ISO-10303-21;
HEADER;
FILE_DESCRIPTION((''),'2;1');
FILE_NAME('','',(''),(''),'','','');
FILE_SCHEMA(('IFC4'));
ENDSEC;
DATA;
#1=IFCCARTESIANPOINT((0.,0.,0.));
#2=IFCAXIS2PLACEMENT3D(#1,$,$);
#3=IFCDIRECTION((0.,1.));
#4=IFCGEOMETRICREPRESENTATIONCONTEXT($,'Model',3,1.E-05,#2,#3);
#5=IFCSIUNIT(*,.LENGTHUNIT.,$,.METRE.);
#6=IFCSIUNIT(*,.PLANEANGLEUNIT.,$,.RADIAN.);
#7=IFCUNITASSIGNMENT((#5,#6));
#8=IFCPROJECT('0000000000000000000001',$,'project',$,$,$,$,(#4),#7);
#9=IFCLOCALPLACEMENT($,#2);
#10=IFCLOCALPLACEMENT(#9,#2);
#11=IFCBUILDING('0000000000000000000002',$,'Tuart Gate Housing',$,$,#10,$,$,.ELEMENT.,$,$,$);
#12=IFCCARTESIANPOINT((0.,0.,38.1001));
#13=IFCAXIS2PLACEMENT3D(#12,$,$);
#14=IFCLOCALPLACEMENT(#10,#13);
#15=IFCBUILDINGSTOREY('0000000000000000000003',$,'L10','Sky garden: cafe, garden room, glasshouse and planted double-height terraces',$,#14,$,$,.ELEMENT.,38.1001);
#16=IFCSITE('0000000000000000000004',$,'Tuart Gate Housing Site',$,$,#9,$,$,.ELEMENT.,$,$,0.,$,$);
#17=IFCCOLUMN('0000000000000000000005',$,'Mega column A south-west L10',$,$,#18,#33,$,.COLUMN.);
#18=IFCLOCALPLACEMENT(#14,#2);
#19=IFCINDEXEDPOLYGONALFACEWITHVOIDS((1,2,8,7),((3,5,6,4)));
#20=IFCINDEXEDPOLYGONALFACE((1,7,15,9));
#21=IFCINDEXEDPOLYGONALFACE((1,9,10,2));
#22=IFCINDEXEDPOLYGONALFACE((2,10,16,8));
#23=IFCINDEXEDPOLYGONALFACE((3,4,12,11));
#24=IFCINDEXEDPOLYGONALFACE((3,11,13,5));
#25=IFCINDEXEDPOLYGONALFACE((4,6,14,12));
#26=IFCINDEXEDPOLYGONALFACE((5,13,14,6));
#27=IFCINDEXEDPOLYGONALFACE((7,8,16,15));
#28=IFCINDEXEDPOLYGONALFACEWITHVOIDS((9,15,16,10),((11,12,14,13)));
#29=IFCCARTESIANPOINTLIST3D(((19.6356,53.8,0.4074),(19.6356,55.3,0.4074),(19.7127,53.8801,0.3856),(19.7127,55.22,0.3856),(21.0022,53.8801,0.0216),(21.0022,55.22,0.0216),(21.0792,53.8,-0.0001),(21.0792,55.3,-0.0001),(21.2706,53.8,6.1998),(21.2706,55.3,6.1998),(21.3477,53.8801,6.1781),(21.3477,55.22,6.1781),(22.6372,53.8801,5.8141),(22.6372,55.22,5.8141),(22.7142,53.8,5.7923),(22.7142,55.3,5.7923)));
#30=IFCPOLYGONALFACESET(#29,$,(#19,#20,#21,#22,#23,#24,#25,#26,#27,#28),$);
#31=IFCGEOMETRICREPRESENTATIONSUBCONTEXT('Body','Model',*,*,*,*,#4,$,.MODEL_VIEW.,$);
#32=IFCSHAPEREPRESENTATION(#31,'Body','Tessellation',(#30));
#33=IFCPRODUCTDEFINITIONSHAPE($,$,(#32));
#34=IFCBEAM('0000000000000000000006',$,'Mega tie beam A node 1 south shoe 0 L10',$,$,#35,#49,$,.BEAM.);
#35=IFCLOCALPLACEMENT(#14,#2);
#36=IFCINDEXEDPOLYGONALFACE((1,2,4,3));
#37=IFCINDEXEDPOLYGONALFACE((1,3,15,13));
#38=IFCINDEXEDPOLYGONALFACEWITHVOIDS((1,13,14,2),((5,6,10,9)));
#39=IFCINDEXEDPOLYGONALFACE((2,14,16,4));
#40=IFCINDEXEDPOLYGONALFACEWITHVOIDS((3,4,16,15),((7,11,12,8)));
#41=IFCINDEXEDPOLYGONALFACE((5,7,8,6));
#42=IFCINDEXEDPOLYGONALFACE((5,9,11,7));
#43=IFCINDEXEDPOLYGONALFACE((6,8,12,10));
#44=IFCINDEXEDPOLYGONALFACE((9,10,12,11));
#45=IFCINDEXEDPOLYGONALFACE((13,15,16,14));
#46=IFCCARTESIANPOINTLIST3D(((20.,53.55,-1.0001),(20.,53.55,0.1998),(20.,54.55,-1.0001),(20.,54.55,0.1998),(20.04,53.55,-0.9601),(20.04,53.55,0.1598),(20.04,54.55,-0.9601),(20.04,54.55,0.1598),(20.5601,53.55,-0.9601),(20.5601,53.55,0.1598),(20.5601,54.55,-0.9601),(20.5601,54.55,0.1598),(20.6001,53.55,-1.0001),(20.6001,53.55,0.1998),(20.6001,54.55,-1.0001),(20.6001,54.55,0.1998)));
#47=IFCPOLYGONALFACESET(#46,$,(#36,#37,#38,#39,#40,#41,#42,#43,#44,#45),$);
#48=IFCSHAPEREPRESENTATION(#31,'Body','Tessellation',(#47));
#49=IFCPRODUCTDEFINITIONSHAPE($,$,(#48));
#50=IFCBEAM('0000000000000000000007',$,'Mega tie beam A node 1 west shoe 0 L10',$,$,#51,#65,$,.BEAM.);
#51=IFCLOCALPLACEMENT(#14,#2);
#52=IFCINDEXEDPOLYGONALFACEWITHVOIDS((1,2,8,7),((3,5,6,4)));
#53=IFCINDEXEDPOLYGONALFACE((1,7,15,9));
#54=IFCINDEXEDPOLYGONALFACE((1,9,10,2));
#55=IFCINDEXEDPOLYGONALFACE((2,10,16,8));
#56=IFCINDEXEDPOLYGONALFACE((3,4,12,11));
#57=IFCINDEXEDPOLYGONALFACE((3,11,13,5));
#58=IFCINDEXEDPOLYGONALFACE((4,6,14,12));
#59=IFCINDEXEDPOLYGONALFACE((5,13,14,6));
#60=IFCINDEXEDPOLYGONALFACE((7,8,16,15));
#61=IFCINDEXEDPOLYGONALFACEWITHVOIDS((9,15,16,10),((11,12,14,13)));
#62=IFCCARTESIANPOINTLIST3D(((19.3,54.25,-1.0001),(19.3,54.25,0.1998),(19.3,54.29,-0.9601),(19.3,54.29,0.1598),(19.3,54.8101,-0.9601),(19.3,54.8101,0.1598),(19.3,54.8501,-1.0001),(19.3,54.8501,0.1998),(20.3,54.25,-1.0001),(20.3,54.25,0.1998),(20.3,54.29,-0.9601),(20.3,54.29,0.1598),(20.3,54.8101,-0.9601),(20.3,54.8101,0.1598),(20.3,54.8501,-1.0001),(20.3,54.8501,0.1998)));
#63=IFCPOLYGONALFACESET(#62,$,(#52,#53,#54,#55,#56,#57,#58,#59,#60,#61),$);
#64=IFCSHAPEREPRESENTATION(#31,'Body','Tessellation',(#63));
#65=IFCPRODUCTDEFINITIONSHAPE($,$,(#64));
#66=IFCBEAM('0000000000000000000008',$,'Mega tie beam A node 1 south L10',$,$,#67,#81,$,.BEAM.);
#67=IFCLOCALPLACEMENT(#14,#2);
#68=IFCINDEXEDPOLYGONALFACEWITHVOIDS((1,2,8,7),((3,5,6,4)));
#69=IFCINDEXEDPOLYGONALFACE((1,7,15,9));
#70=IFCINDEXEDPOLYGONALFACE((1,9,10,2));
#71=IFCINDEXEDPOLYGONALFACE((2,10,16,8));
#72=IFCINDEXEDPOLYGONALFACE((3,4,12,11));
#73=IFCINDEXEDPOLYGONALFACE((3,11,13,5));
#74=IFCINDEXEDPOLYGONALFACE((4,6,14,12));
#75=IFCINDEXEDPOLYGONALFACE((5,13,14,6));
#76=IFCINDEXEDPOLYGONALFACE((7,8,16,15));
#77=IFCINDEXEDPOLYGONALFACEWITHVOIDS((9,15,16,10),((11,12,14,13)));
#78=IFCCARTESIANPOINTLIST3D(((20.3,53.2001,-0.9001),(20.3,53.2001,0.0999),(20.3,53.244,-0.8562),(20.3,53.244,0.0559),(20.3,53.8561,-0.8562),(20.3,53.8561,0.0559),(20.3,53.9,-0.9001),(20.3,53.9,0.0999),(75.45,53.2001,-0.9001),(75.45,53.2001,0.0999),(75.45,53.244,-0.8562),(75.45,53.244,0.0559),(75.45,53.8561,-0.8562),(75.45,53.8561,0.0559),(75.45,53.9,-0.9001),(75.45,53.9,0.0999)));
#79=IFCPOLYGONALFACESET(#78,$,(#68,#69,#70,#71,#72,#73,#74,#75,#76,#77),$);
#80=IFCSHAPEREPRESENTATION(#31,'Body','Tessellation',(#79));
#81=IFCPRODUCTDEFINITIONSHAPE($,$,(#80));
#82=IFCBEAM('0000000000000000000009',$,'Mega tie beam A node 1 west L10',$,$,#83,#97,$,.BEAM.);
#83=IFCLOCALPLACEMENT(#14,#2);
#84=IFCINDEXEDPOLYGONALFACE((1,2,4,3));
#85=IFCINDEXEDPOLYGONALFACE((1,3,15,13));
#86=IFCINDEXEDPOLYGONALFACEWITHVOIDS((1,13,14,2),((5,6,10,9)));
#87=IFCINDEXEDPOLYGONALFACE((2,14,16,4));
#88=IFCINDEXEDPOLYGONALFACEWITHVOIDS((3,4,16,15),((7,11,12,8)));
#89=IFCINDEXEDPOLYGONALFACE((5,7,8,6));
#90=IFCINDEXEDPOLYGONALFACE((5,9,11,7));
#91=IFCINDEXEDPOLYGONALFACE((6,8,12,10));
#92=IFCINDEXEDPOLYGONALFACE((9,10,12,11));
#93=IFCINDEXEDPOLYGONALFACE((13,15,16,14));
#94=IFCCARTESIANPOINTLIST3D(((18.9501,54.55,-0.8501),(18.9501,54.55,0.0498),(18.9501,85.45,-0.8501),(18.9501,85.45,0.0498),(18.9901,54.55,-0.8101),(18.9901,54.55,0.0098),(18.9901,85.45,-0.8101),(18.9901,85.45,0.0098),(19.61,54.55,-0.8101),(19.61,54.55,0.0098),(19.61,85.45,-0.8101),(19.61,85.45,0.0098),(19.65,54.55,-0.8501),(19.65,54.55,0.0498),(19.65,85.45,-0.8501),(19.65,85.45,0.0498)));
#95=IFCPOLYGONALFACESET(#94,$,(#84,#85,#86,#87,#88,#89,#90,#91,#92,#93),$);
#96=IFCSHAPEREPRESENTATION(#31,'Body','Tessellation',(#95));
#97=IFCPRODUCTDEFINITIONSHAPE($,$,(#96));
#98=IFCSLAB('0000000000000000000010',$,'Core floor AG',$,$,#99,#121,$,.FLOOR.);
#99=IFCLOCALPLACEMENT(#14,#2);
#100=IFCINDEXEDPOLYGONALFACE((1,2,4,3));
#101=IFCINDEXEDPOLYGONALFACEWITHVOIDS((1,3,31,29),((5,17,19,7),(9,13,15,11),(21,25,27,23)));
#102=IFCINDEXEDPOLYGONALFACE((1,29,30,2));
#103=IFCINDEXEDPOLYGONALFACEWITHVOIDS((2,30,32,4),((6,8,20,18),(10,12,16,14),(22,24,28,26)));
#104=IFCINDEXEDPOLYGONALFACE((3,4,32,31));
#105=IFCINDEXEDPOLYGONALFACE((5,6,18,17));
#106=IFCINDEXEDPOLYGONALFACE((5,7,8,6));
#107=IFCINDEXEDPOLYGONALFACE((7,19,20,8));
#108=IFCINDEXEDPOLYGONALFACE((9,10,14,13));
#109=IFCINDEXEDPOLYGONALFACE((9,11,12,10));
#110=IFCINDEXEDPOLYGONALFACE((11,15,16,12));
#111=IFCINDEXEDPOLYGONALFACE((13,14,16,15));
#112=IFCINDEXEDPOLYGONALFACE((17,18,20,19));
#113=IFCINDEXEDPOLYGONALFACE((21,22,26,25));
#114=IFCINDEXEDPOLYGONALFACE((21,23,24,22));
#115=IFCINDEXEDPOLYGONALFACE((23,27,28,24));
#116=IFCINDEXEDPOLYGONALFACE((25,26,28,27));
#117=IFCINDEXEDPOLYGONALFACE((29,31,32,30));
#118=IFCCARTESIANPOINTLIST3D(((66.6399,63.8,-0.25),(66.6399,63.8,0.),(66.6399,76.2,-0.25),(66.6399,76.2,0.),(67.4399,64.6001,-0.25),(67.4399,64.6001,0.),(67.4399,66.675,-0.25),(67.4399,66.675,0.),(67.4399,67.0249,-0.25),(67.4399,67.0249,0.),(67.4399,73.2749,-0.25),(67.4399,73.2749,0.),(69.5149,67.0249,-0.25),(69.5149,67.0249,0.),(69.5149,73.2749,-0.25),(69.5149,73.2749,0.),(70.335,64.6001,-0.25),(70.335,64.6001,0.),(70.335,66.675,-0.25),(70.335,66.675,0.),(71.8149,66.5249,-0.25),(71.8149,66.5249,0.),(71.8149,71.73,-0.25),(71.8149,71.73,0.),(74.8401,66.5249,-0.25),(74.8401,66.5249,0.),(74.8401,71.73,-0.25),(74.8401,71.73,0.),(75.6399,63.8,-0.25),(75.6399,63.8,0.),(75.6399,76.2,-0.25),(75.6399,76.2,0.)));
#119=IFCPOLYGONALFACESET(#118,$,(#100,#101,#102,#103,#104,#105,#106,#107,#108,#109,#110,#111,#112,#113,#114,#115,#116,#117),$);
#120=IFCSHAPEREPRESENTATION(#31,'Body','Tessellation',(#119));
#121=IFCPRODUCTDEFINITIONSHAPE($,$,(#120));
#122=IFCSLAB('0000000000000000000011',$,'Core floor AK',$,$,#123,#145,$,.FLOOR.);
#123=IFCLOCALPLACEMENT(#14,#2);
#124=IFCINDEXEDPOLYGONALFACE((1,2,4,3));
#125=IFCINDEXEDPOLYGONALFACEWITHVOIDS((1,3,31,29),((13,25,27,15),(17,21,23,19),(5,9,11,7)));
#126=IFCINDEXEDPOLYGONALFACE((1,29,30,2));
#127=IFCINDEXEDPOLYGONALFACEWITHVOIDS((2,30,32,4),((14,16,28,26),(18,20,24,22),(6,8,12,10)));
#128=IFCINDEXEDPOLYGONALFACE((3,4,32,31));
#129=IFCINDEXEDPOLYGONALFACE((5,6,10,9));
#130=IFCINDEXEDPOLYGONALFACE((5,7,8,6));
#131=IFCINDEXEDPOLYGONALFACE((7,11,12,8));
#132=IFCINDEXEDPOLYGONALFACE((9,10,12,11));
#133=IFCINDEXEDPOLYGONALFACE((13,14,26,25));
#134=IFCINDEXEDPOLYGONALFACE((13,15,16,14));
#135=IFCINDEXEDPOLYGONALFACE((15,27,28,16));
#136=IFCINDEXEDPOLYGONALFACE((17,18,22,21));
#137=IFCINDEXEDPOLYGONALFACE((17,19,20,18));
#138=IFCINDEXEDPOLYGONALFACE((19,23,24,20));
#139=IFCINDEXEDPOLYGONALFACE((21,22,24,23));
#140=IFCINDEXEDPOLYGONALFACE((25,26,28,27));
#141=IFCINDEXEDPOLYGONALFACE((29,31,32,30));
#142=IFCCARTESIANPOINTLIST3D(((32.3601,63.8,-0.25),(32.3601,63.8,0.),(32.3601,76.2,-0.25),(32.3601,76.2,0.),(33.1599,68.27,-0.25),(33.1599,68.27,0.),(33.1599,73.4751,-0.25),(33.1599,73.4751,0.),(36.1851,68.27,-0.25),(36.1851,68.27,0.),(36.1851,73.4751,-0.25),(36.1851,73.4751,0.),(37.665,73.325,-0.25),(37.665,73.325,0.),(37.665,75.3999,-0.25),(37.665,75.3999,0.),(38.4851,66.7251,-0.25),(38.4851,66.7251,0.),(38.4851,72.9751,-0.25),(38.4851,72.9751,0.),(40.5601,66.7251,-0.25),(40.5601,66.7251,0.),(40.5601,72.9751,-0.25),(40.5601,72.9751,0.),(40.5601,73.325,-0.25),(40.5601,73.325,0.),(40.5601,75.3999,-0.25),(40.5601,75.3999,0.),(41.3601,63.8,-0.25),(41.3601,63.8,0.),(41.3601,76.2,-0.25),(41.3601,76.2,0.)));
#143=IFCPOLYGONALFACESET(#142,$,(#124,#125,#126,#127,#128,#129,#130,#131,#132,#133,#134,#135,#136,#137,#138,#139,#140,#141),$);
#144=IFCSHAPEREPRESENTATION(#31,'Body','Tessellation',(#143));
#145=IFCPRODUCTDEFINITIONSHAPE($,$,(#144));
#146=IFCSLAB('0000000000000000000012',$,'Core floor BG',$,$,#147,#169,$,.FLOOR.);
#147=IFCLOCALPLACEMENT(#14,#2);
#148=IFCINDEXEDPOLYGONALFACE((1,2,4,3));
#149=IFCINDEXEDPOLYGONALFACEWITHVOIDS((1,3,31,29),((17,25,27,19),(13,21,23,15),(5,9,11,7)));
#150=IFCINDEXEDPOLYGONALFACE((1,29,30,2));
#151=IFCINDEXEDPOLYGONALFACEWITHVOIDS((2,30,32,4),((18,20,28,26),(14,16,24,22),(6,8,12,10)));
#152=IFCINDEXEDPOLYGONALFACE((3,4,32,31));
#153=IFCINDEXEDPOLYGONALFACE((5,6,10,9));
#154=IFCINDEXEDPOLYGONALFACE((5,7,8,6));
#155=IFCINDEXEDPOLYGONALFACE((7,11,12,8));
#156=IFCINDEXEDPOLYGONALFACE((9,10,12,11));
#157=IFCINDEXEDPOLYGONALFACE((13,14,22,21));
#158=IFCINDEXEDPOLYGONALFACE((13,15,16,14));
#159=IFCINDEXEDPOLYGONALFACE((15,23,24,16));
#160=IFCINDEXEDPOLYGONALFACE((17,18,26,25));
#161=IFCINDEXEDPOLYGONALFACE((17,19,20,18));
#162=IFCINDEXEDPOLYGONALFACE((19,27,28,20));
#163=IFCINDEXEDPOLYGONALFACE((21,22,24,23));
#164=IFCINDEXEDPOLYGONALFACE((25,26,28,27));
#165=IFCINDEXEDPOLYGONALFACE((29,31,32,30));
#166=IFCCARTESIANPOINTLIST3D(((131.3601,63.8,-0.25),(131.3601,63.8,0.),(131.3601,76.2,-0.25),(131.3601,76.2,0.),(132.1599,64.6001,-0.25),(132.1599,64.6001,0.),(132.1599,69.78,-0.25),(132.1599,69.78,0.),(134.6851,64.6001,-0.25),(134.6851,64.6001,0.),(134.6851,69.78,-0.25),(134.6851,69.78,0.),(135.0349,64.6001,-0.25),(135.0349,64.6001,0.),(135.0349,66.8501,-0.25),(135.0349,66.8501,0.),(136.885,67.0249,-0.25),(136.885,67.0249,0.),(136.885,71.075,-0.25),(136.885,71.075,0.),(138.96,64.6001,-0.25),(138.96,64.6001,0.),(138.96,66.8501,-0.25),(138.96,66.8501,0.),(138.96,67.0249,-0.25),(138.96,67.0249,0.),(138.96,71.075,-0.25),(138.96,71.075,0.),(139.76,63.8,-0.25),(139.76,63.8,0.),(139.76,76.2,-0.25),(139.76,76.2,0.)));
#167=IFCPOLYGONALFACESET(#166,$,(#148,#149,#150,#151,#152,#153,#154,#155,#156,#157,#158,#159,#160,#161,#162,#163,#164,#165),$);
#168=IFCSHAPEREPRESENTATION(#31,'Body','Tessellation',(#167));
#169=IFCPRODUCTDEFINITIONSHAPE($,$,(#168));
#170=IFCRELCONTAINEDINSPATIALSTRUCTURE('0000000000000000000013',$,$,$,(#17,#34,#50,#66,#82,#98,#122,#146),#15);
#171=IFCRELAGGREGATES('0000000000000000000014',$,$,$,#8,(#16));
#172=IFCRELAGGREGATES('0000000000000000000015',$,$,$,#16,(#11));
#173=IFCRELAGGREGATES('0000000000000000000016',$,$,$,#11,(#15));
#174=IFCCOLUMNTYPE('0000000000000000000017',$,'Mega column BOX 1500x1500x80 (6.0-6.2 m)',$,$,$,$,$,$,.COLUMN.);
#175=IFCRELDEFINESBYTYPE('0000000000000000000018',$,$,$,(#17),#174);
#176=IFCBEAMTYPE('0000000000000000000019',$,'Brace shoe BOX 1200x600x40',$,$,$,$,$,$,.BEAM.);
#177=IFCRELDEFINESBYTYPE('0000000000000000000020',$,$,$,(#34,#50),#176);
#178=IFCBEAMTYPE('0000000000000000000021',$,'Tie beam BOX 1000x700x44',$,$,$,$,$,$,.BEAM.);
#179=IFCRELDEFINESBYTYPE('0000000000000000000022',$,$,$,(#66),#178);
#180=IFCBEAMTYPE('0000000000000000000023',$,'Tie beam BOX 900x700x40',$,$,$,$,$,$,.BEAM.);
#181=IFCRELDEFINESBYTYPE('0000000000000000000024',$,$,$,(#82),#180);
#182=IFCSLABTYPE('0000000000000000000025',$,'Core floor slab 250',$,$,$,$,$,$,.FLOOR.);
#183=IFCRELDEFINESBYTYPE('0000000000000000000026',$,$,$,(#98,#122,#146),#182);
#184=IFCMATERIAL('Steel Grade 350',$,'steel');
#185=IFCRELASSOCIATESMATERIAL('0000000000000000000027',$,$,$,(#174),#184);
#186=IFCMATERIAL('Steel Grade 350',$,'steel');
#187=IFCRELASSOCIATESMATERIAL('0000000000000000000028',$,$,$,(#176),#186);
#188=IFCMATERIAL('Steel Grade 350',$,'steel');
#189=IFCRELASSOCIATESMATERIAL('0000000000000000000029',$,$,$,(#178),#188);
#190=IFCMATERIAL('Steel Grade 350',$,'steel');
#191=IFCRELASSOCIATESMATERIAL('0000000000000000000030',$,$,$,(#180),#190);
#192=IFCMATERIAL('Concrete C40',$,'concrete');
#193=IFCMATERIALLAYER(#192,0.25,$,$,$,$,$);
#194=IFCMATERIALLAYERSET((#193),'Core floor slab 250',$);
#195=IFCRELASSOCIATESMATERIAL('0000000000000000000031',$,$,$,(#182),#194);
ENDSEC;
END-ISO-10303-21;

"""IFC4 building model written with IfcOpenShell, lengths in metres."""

from ifc_helpers import new_model, si_unit, direction, frame, origin, origin_2d, place, context, subcontext, project, spatial, polyline, hollow_rectangle, outline, extrude, material, layer, layer_set, material_profile, profile_set, type_object, element, save


model = new_model("IFC4")

# Units and contexts
model_context = context("Model", 3, precision=1e-05, world=origin(), true_north=direction((0.0, 1.0)))
body_context = subcontext(model_context, "Body", "Model", "MODEL_VIEW")
ifc_project = project(units=[si_unit("LENGTHUNIT", "METRE"), si_unit("PLANEANGLEUNIT", "RADIAN")], contexts=[model_context])

# Site, building, storey
site_placement = place(None, origin())
site = spatial("IfcSite", under=ifc_project, at=site_placement, Name="Tuart Gate Housing Site", CompositionType="ELEMENT", RefElevation=0.0)
building_placement = place(site_placement, origin())
building = spatial("IfcBuilding", under=site, at=building_placement, Name="Tuart Gate Housing", CompositionType="ELEMENT")
storey_placement = place(building_placement, frame((0.0, 0.0, 38.1001)))
storey = spatial("IfcBuildingStorey", under=building, at=storey_placement, Name="L10", Description="Sky garden: cafe, garden room, glasshouse and planted double-height terraces", CompositionType="ELEMENT", Elevation=38.1001)

# Column
ifc_material_1 = material(Name="Steel Grade 350", Category="steel")
ifc_material_profile_1 = material_profile(ifc_material_1, hollow_rectangle(XDim=1.5, YDim=1.5, WallThickness=0.0801, at=origin_2d()), Name="BOX 1500x1500x80")
ifc_profile_set_1 = profile_set([ifc_material_profile_1], Name="Steel Grade 350")
column_type = type_object("IfcColumnType", Name="Mega column BOX 1500x1500x80 (6.0-6.2 m)", PredefinedType="COLUMN", material=ifc_profile_set_1)
column_placement = place(storey_placement, frame((20.3574, 54.55, 0.2036), z_axis=(0.27165, 0.0, 0.962396), x_axis=(0.0, 1.0, 0.0)))
element("IfcColumn", 1, at=column_placement, inside=storey, type_object=column_type, Name="Mega column A south-west L10", PredefinedType="COLUMN", context=body_context, shape_type="SweptSolid", body=[
    extrude(hollow_rectangle(XDim=1.5, YDim=1.5, WallThickness=0.0801, at=origin_2d()), origin(), (0.0, 0.0, 1.0), 6.0188),
])

# Beams
ifc_material_2 = material(Name="Steel Grade 350", Category="steel")
ifc_material_profile_2 = material_profile(ifc_material_2, hollow_rectangle(XDim=0.6001, YDim=1.2, WallThickness=0.04, at=origin_2d()), Name="BOX 1200x600x40")
ifc_profile_set_2 = profile_set([ifc_material_profile_2], Name="Steel Grade 350")
beam_type_1 = type_object("IfcBeamType", Name="Brace shoe BOX 1200x600x40", PredefinedType="BEAM", material=ifc_profile_set_2)
for number, where, z_axis, x_axis, name in (
    (2, (20.3, 54.55, -0.4001), (0.0, -1.0, 0.0), (1.0, 0.0, 0.0), "Mega tie beam A node 1 south shoe 0 L10"),
    (3, (20.3, 54.55, -0.4001), (-1.0, 0.0, 0.0), (0.0, -1.0, 0.0), "Mega tie beam A node 1 west shoe 0 L10"),
):
    element("IfcBeam", number, at=place(storey_placement, frame(where, z_axis=z_axis, x_axis=x_axis)), inside=storey, type_object=beam_type_1, Name=name, PredefinedType="BEAM", context=body_context, shape_type="SweptSolid", body=[
        extrude(hollow_rectangle(XDim=0.6001, YDim=1.2, WallThickness=0.04, at=origin_2d()), origin(), (0.0, 0.0, 1.0), 1.0),
    ])
ifc_material_3 = material(Name="Steel Grade 350", Category="steel")
ifc_material_profile_3 = material_profile(ifc_material_3, hollow_rectangle(XDim=0.7, YDim=1.0, WallThickness=0.0439, at=origin_2d()), Name="BOX 1000x700x44")
ifc_profile_set_3 = profile_set([ifc_material_profile_3], Name="Steel Grade 350")
beam_type_2 = type_object("IfcBeamType", Name="Tie beam BOX 1000x700x44", PredefinedType="BEAM", material=ifc_profile_set_3)
beam_1_placement = place(storey_placement, frame((20.3, 53.55, -0.4001), z_axis=(1.0, 0.0, 0.0), x_axis=(0.0, 1.0, 0.0)))
element("IfcBeam", 4, at=beam_1_placement, inside=storey, type_object=beam_type_2, Name="Mega tie beam A node 1 south L10", PredefinedType="BEAM", context=body_context, shape_type="SweptSolid", body=[
    extrude(hollow_rectangle(XDim=0.7, YDim=1.0, WallThickness=0.0439, at=origin_2d()), origin(), (0.0, 0.0, 1.0), 55.1499),
])
ifc_material_4 = material(Name="Steel Grade 350", Category="steel")
ifc_material_profile_4 = material_profile(ifc_material_4, hollow_rectangle(XDim=0.7, YDim=0.8999, WallThickness=0.04, at=origin_2d()), Name="BOX 900x700x40")
ifc_profile_set_4 = profile_set([ifc_material_profile_4], Name="Steel Grade 350")
beam_type_3 = type_object("IfcBeamType", Name="Tie beam BOX 900x700x40", PredefinedType="BEAM", material=ifc_profile_set_4)
beam_2_placement = place(storey_placement, frame((19.3, 54.55, -0.4001), z_axis=(0.0, 1.0, 0.0), x_axis=(-1.0, 0.0, 0.0)))
element("IfcBeam", 5, at=beam_2_placement, inside=storey, type_object=beam_type_3, Name="Mega tie beam A node 1 west L10", PredefinedType="BEAM", context=body_context, shape_type="SweptSolid", body=[
    extrude(hollow_rectangle(XDim=0.7, YDim=0.8999, WallThickness=0.04, at=origin_2d()), origin(), (0.0, 0.0, 1.0), 30.8999),
])

# Slabs
ifc_material_5 = material(Name="Concrete C40", Category="concrete")
ifc_layer_1 = layer(ifc_material_5, 0.25)
ifc_layer_set_1 = layer_set([ifc_layer_1], Name="Core floor slab 250")
slab_type_1 = type_object("IfcSlabType", Name="Core floor slab 250", PredefinedType="FLOOR", material=ifc_layer_set_1)
slab_1_placement = place(storey_placement, frame((0.0, 0.0, -0.25)))
element("IfcSlab", 6, at=slab_1_placement, inside=storey, type_object=slab_type_1, Name="Core floor AG", PredefinedType="FLOOR", context=body_context, shape_type="SweptSolid", body=[
    extrude(outline(polyline([(66.6399, 63.8), (75.6399, 63.8), (75.6399, 76.2), (66.6399, 76.2), (66.6399, 63.8)]), holes=[polyline([(67.4399, 64.6001), (70.335, 64.6001), (70.335, 66.675), (67.4399, 66.675), (67.4399, 64.6001)]), polyline([(67.4399, 67.0249), (69.5149, 67.0249), (69.5149, 73.2749), (67.4399, 73.2749), (67.4399, 67.0249)]), polyline([(71.8149, 66.5249), (74.8401, 66.5249), (74.8401, 71.73), (71.8149, 71.73), (71.8149, 66.5249)])]), origin(), (0.0, 0.0, 1.0), 0.25),
])
slab_2_placement = place(storey_placement, frame((0.0, 0.0, -0.25)))
element("IfcSlab", 7, at=slab_2_placement, inside=storey, type_object=slab_type_1, Name="Core floor AK", PredefinedType="FLOOR", context=body_context, shape_type="SweptSolid", body=[
    extrude(outline(polyline([(32.3601, 63.8), (41.3601, 63.8), (41.3601, 76.2), (32.3601, 76.2), (32.3601, 63.8)]), holes=[polyline([(40.5601, 75.3999), (37.665, 75.3999), (37.665, 73.325), (40.5601, 73.325), (40.5601, 75.3999)]), polyline([(40.5601, 72.9751), (38.4851, 72.9751), (38.4851, 66.7251), (40.5601, 66.7251), (40.5601, 72.9751)]), polyline([(36.1851, 73.4751), (33.1599, 73.4751), (33.1599, 68.27), (36.1851, 68.27), (36.1851, 73.4751)])]), origin(), (0.0, 0.0, 1.0), 0.25),
])
slab_3_placement = place(storey_placement, frame((0.0, 0.0, -0.25)))
element("IfcSlab", 8, at=slab_3_placement, inside=storey, type_object=slab_type_1, Name="Core floor BG", PredefinedType="FLOOR", context=body_context, shape_type="SweptSolid", body=[
    extrude(outline(polyline([(131.3601, 63.8), (139.76, 63.8), (139.76, 76.2), (131.3601, 76.2), (131.3601, 63.8)]), holes=[polyline([(138.96, 66.8501), (135.0349, 66.8501), (135.0349, 64.6001), (138.96, 64.6001), (138.96, 66.8501)]), polyline([(138.96, 71.075), (136.885, 71.075), (136.885, 67.0249), (138.96, 67.0249), (138.96, 71.075)]), polyline([(134.6851, 69.78), (132.1599, 69.78), (132.1599, 64.6001), (134.6851, 64.6001), (134.6851, 69.78)])]), origin(), (0.0, 0.0, 1.0), 0.25),
])

save(model, "model.ifc")
